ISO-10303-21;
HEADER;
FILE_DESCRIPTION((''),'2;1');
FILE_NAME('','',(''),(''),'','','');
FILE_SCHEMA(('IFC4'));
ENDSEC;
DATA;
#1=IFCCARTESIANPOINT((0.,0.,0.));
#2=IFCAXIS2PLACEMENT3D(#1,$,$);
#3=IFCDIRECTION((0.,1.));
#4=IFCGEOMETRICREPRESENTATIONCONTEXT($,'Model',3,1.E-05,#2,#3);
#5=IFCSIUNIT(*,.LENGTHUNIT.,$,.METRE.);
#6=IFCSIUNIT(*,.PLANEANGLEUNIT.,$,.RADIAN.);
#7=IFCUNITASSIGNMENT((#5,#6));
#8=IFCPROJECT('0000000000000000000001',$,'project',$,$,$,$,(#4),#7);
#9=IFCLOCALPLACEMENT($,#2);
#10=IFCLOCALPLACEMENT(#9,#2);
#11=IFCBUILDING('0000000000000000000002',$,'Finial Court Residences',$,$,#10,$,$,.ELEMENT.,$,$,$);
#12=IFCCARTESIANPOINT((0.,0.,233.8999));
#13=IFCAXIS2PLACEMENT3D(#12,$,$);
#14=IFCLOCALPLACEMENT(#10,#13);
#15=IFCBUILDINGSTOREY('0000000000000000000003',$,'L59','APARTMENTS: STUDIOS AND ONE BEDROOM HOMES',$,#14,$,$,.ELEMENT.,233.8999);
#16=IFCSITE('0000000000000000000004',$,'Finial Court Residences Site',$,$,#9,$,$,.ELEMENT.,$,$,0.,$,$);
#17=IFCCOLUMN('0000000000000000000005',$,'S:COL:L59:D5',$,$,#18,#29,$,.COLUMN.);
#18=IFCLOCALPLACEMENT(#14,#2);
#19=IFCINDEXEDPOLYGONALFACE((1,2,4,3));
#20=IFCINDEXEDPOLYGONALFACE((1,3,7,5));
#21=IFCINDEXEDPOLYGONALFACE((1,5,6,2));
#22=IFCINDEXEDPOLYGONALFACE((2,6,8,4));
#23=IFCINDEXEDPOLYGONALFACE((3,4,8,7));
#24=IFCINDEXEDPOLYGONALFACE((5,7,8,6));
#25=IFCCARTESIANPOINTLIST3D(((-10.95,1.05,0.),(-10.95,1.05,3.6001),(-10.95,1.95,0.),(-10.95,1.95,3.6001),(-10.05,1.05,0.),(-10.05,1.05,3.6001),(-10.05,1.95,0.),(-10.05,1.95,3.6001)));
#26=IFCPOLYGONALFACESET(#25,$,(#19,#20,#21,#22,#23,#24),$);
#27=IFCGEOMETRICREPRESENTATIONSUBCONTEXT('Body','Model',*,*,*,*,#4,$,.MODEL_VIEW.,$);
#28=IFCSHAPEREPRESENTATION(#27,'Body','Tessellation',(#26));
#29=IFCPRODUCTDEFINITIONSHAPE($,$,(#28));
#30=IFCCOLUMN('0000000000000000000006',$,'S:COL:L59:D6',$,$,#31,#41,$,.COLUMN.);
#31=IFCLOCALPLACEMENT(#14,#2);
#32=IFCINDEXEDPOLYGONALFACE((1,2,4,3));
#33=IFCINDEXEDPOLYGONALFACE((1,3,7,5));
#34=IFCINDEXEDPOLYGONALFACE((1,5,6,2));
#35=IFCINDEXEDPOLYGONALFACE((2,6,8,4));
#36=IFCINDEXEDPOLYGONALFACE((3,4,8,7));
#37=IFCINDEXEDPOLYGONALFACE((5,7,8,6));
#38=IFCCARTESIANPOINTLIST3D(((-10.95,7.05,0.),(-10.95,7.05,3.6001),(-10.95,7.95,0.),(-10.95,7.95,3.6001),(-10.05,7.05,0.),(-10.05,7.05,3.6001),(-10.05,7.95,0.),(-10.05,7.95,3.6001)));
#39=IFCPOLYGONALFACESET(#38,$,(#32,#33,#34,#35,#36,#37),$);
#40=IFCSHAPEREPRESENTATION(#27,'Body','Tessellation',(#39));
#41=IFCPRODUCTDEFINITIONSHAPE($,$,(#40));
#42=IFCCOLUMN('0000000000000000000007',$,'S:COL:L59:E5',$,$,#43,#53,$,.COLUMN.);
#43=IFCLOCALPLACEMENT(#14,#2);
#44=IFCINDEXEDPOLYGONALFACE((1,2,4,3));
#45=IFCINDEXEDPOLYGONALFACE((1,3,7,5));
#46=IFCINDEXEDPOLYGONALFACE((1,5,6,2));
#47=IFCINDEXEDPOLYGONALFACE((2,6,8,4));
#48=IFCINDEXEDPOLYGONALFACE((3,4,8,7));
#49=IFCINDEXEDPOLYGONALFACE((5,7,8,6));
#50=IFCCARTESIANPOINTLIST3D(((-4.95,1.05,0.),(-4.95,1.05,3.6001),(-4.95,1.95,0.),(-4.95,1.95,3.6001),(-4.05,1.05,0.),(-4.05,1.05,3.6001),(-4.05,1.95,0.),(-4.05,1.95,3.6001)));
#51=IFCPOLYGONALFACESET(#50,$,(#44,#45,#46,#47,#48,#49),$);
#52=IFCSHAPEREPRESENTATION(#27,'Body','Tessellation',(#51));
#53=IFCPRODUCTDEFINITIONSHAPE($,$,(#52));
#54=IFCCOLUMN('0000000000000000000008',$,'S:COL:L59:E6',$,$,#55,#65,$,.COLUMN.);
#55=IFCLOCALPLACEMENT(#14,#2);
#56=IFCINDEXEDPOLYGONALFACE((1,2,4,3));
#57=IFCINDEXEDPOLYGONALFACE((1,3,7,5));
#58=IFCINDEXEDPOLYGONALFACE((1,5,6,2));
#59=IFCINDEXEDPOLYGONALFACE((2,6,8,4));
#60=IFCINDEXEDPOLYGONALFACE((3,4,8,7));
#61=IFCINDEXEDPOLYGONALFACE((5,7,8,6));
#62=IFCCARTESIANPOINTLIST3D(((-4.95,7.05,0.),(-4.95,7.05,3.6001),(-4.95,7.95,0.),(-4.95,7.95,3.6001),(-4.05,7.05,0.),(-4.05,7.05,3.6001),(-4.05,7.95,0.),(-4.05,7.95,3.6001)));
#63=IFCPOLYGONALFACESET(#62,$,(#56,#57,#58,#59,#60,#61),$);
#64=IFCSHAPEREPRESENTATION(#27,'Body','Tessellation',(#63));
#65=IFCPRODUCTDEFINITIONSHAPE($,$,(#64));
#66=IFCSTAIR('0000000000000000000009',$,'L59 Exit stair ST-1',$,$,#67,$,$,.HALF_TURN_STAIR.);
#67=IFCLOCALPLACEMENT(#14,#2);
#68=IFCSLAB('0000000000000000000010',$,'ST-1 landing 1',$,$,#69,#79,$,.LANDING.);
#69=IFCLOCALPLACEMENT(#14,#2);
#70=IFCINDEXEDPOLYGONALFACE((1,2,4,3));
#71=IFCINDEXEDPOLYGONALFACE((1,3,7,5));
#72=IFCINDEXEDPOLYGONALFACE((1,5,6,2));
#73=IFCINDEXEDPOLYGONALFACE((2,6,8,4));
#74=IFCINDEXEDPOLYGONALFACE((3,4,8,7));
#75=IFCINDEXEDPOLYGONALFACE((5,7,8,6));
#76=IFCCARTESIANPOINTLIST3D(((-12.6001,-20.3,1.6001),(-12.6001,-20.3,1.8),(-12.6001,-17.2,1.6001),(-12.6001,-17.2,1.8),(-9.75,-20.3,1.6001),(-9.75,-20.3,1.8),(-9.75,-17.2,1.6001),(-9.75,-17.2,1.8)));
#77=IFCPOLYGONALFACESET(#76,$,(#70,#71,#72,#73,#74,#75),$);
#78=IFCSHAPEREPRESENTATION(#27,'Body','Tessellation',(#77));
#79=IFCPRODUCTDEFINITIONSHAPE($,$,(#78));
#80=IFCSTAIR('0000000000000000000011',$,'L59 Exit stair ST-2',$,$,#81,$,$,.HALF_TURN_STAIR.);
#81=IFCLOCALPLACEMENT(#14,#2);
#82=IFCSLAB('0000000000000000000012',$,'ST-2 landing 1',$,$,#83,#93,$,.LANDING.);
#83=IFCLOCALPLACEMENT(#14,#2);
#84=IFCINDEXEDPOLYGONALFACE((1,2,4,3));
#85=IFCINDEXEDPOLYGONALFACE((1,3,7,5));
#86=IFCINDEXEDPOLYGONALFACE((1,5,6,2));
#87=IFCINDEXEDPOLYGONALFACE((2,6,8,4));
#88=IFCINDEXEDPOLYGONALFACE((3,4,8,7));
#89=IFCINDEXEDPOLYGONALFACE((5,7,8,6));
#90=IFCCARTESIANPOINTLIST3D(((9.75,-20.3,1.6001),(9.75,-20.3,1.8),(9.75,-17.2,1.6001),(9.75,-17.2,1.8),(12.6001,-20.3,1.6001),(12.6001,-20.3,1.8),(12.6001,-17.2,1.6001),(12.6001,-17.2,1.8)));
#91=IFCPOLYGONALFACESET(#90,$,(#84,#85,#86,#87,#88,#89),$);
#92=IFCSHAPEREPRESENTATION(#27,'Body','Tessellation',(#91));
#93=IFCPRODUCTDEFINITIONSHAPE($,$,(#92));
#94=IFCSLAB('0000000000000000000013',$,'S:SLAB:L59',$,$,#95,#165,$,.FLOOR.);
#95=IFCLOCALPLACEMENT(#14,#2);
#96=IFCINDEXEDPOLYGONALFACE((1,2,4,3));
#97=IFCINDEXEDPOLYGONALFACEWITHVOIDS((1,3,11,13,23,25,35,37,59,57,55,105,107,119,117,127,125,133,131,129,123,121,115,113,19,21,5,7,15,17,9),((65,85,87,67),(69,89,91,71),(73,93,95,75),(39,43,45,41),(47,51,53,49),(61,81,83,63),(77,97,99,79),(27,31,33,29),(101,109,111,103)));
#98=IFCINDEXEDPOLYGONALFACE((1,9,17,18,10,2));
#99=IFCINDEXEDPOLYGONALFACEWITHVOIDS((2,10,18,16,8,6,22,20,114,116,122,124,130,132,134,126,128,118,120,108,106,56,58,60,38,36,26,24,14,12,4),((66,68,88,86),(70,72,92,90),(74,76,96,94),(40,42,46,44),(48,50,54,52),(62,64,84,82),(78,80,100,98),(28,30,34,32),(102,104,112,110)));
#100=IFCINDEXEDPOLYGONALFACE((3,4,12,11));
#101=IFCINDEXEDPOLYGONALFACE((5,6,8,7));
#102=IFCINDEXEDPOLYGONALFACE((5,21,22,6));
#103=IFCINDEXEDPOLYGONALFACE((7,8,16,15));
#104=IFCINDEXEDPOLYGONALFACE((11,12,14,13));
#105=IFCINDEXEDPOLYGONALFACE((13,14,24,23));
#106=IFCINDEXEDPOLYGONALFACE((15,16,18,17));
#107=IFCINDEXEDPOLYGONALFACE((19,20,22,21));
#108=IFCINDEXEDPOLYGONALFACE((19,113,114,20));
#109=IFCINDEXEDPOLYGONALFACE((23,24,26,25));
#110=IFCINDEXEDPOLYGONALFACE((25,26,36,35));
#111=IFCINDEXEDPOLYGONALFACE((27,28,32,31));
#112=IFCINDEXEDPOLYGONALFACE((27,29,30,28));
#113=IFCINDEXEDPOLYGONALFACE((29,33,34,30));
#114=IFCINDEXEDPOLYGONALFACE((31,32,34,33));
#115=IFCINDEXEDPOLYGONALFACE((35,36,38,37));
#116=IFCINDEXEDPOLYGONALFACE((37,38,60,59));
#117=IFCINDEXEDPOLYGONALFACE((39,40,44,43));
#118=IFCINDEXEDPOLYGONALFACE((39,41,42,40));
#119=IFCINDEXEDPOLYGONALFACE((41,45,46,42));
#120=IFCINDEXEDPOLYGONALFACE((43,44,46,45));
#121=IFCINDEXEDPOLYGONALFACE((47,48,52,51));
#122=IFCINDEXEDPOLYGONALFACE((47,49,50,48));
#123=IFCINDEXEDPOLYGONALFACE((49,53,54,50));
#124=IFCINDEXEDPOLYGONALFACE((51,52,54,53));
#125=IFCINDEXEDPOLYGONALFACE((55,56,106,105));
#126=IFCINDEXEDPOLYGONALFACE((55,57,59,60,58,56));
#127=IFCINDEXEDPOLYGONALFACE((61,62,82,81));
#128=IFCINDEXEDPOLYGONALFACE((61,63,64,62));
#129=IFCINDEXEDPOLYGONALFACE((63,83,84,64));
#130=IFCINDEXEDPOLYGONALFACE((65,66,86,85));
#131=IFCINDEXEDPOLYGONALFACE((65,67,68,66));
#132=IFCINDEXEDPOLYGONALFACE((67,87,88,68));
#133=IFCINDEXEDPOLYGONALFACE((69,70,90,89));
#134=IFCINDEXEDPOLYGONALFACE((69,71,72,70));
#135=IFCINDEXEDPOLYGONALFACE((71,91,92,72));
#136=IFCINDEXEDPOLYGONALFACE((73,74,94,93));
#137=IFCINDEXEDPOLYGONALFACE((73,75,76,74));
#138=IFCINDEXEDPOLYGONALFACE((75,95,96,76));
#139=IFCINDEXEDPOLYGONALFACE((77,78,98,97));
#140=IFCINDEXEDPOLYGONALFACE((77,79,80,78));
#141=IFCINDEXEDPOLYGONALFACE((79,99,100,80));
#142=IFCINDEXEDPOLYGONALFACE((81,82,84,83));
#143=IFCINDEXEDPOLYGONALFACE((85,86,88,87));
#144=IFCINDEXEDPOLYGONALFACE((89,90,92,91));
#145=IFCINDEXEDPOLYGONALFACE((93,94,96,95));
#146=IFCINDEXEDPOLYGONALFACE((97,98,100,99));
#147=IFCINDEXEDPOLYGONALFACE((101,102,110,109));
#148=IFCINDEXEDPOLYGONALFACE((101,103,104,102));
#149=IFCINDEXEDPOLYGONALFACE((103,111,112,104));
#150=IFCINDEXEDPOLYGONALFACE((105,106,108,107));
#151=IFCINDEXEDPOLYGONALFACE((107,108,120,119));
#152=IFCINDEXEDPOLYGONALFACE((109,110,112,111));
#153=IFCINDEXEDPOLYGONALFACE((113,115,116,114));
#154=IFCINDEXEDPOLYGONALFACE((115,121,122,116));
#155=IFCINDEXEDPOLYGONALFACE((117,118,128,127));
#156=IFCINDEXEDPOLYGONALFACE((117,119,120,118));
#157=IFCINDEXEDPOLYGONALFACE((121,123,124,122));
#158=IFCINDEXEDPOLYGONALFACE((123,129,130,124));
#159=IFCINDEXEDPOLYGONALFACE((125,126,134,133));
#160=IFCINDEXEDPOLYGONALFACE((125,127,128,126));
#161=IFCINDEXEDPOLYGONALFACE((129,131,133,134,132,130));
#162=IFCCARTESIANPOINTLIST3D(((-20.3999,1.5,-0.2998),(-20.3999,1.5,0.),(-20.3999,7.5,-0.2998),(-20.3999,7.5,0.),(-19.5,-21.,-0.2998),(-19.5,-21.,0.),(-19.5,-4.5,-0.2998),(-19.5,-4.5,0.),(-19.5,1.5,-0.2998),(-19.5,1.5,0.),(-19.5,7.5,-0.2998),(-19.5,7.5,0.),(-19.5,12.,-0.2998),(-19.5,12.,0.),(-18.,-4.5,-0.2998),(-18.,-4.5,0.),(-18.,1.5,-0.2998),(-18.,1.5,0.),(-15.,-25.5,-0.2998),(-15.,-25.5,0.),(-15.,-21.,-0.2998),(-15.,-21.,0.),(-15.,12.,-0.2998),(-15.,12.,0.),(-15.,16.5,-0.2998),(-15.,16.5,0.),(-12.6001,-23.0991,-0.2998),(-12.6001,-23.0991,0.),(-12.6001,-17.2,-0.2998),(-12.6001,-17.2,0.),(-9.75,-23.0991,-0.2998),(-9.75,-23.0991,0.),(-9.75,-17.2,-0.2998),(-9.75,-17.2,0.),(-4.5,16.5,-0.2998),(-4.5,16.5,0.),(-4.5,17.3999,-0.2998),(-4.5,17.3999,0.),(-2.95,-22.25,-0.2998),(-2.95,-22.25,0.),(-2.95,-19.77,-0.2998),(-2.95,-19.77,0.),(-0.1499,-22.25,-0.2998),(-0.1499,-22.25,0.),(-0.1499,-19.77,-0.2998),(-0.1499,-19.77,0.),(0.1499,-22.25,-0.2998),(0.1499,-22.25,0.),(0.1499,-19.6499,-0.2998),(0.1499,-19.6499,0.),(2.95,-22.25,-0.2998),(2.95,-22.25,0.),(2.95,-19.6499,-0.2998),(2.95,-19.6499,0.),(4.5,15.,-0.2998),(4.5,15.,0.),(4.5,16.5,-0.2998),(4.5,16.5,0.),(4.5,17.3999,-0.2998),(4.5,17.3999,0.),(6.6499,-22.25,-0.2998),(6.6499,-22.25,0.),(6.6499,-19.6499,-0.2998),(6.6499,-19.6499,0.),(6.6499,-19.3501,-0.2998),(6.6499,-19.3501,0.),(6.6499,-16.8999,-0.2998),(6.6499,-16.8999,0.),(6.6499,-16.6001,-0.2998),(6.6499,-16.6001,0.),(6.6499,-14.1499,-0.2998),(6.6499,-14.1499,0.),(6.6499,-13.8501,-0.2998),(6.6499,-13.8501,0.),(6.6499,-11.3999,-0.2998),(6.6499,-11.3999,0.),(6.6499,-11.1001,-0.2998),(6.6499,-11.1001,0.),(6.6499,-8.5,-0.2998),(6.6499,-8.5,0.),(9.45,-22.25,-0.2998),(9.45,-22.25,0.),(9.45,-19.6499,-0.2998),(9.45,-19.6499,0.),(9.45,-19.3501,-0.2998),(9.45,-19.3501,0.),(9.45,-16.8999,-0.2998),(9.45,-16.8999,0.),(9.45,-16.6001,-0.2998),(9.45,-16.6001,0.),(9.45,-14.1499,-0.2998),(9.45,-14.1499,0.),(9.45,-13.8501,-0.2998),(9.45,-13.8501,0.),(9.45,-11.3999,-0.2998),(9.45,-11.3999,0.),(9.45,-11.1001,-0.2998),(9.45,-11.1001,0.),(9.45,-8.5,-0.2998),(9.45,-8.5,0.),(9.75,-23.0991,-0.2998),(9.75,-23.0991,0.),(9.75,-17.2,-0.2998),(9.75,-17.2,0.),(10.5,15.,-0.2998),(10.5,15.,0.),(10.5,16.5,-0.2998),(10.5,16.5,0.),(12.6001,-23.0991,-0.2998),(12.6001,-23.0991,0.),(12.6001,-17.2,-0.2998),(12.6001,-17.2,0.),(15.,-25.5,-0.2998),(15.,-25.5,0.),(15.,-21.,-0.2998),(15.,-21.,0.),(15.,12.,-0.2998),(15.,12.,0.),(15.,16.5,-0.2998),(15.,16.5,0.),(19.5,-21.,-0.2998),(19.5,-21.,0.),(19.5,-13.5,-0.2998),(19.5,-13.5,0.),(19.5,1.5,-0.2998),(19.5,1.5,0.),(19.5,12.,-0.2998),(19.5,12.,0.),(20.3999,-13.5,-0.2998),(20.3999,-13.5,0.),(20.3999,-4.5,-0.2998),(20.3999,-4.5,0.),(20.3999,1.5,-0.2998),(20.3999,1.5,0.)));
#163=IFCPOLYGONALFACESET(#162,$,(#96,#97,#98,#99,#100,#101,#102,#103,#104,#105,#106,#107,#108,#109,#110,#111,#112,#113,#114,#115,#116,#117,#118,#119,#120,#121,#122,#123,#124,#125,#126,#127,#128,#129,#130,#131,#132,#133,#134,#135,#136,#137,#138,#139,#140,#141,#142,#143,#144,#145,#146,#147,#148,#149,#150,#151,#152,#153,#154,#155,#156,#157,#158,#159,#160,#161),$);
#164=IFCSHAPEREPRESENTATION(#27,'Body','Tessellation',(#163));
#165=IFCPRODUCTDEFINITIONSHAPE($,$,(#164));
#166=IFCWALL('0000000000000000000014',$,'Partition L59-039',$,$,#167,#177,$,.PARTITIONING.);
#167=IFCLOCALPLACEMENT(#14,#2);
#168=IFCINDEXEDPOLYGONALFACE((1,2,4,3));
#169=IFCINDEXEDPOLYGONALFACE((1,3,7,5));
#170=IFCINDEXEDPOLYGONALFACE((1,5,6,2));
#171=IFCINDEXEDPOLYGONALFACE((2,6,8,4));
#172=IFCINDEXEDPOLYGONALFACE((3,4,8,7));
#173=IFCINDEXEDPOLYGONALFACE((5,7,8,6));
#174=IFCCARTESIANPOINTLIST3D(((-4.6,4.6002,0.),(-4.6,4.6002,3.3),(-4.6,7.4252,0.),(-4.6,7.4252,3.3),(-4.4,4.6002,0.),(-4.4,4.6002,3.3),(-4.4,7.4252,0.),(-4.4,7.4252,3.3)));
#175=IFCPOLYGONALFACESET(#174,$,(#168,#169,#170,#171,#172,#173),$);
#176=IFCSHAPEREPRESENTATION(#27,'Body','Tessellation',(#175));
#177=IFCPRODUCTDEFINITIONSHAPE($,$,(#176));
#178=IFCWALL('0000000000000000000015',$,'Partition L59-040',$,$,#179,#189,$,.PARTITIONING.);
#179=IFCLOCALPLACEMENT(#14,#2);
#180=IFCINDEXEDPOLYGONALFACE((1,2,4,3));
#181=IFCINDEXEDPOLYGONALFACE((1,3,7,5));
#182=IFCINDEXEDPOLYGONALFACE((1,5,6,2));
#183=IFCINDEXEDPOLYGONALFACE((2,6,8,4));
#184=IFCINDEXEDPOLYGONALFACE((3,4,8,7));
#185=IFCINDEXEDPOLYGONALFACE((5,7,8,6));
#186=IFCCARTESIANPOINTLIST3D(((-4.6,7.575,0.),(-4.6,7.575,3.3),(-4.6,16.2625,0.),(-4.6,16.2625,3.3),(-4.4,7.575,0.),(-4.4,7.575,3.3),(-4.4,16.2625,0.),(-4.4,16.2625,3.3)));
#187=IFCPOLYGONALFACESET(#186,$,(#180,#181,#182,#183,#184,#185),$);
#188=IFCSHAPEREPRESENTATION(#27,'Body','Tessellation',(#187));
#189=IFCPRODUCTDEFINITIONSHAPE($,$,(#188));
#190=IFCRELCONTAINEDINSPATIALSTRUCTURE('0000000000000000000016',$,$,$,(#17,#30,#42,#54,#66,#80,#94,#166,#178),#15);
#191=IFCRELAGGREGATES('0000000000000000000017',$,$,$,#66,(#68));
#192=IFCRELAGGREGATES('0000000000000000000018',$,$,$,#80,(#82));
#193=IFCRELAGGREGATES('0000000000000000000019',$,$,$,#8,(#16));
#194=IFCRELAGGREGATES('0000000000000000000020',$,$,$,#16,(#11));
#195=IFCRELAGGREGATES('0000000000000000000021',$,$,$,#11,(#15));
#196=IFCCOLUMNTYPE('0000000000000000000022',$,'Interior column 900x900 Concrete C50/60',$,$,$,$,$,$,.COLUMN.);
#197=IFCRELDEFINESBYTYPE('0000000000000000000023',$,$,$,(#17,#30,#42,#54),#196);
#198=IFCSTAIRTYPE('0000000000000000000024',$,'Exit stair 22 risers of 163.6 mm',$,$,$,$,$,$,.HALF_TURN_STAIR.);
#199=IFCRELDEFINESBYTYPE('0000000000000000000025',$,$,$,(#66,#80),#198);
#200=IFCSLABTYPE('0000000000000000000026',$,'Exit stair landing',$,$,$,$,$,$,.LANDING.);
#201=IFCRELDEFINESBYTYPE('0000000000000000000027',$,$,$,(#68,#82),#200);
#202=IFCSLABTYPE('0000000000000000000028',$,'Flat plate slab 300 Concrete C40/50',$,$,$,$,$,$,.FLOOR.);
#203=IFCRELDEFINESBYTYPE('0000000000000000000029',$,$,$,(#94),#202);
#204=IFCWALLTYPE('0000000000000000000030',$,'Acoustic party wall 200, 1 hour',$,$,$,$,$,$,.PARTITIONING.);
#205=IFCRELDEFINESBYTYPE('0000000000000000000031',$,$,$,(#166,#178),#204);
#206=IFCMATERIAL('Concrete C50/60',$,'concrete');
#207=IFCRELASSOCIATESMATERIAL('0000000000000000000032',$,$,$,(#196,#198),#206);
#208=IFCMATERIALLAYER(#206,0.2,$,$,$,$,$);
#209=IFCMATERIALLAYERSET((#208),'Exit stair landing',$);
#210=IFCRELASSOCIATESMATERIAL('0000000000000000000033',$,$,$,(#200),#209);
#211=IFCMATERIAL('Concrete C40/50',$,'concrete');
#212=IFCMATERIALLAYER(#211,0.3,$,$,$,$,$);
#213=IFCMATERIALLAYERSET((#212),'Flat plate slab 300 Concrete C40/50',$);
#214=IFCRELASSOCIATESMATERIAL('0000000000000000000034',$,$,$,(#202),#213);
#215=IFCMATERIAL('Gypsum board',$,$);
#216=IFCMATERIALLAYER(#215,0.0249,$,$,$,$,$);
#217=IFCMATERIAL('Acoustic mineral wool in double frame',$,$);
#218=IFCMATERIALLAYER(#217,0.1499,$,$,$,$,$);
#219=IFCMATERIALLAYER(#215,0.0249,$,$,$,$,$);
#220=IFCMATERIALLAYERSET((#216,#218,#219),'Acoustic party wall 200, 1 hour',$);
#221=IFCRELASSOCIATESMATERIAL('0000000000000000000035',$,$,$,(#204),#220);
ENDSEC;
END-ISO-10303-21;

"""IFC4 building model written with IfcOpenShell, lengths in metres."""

from ifc_helpers import new_model, si_unit, direction, frame, frame_2d, origin, origin_2d, place, context, subcontext, project, spatial, polyline, rectangle, outline, extrude, material, layer, layer_set, material_profile, profile_set, type_object, element, aggregate, save


model = new_model("IFC4")

# Units and contexts
model_context = context("Model", 3, precision=1e-05, world=origin(), true_north=direction((0.0, 1.0)))
body_context = subcontext(model_context, "Body", "Model", "MODEL_VIEW")
ifc_project = project(units=[si_unit("LENGTHUNIT", "METRE"), si_unit("PLANEANGLEUNIT", "RADIAN")], contexts=[model_context])

# Site, building, storey
site_placement = place(None, origin())
site = spatial("IfcSite", under=ifc_project, at=site_placement, Name="Finial Court Residences Site", CompositionType="ELEMENT", RefElevation=0.0)
building_placement = place(site_placement, origin())
building = spatial("IfcBuilding", under=site, at=building_placement, Name="Finial Court Residences", CompositionType="ELEMENT")
storey_placement = place(building_placement, frame((0.0, 0.0, 233.8999)))
storey = spatial("IfcBuildingStorey", under=building, at=storey_placement, Name="L59", Description="APARTMENTS: STUDIOS AND ONE BEDROOM HOMES", CompositionType="ELEMENT", Elevation=233.8999)

# Columns
ifc_material_1 = material(Name="Concrete C50/60", Category="concrete")
ifc_material_profile = material_profile(ifc_material_1, rectangle(XDim=0.8999, YDim=0.8999, at=origin_2d()), Name="900x900")
ifc_profile_set = profile_set([ifc_material_profile], Name="Concrete C50/60")
column_type = type_object("IfcColumnType", Name="Interior column 900x900 Concrete C50/60", PredefinedType="COLUMN", material=ifc_profile_set)
for number, where, z_axis, x_axis, name in (
    (1, (-10.5, 1.5, 0.0), (0.0, 0.0, 1.0), (1.0, 0.0, 0.0), "S:COL:L59:D5"),
    (2, (-10.5, 7.5, 0.0), (0.0, 0.0, 1.0), (1.0, 0.0, 0.0), "S:COL:L59:D6"),
    (3, (-4.5, 1.5, 0.0), (0.0, 0.0, 1.0), (1.0, 0.0, 0.0), "S:COL:L59:E5"),
    (4, (-4.5, 7.5, 0.0), (0.0, 0.0, 1.0), (1.0, 0.0, 0.0), "S:COL:L59:E6"),
):
    element("IfcColumn", number, at=place(storey_placement, frame(where, z_axis=z_axis, x_axis=x_axis)), inside=storey, type_object=column_type, Name=name, PredefinedType="COLUMN", context=body_context, shape_type="SweptSolid", body=[
        extrude(rectangle(XDim=0.8999, YDim=0.8999, at=origin_2d()), origin(), (0.0, 0.0, 1.0), 3.6001),
    ])

# Stairs, slabs
stair_type = type_object("IfcStairType", Name="Exit stair 22 risers of 163.6 mm", PredefinedType="HALF_TURN_STAIR", material=ifc_material_1)
stair_1_placement = place(storey_placement, origin())
stair_1 = element("IfcStair", 5, at=stair_1_placement, inside=storey, type_object=stair_type, Name="L59 Exit stair ST-1", PredefinedType="HALF_TURN_STAIR")
ifc_layer_1 = layer(ifc_material_1, 0.2)
ifc_layer_set_1 = layer_set([ifc_layer_1], Name="Exit stair landing")
slab_type_1 = type_object("IfcSlabType", Name="Exit stair landing", PredefinedType="LANDING", material=ifc_layer_set_1)
slab_1_placement = place(storey_placement, frame((0.0, 0.0, 1.6001)))
slab_1 = element("IfcSlab", 6, at=slab_1_placement, type_object=slab_type_1, Name="ST-1 landing 1", PredefinedType="LANDING", context=body_context, shape_type="SweptSolid", body=[
    extrude(outline(polyline([(-9.75, -20.3), (-9.75, -17.2), (-12.6001, -17.2), (-12.6001, -20.3), (-9.75, -20.3)])), origin(), (0.0, 0.0, 1.0), 0.2),
])
aggregate(stair_1, [slab_1])
stair_2_placement = place(storey_placement, origin())
stair_2 = element("IfcStair", 7, at=stair_2_placement, inside=storey, type_object=stair_type, Name="L59 Exit stair ST-2", PredefinedType="HALF_TURN_STAIR")
slab_2_placement = place(storey_placement, frame((0.0, 0.0, 1.6001)))
slab_2 = element("IfcSlab", 8, at=slab_2_placement, type_object=slab_type_1, Name="ST-2 landing 1", PredefinedType="LANDING", context=body_context, shape_type="SweptSolid", body=[
    extrude(outline(polyline([(12.6001, -20.3), (12.6001, -17.2), (9.75, -17.2), (9.75, -20.3), (12.6001, -20.3)])), origin(), (0.0, 0.0, 1.0), 0.2),
])
aggregate(stair_2, [slab_2])

# Slab
ifc_material_2 = material(Name="Concrete C40/50", Category="concrete")
ifc_layer_2 = layer(ifc_material_2, 0.3)
ifc_layer_set_2 = layer_set([ifc_layer_2], Name="Flat plate slab 300 Concrete C40/50")
slab_type_2 = type_object("IfcSlabType", Name="Flat plate slab 300 Concrete C40/50", PredefinedType="FLOOR", material=ifc_layer_set_2)
slab_3_placement = place(storey_placement, frame((0.0, 0.0, -0.2998)))
element("IfcSlab", 9, at=slab_3_placement, inside=storey, type_object=slab_type_2, Name="S:SLAB:L59", PredefinedType="FLOOR", context=body_context, shape_type="SweptSolid", body=[
    extrude(outline(polyline([(19.5, -21.0), (15.0, -21.0), (15.0, -25.5), (-15.0, -25.5), (-15.0, -21.0), (-19.5, -21.0), (-19.5, -4.5), (-18.0, -4.5), (-18.0, 1.5), (-19.5, 1.5), (-20.3999, 1.5), (-20.3999, 7.5), (-19.5, 7.5), (-19.5, 12.0), (-15.0, 12.0), (-15.0, 16.5), (-4.5, 16.5), (-4.5, 17.3999), (4.5, 17.3999), (4.5, 16.5), (4.5, 15.0), (10.5, 15.0), (10.5, 16.5), (15.0, 16.5), (15.0, 12.0), (19.5, 12.0), (19.5, 1.5), (20.3999, 1.5), (20.3999, -4.5), (20.3999, -13.5), (19.5, -13.5), (19.5, -21.0)]), holes=[polyline([(-0.1499, -19.77), (-2.95, -19.77), (-2.95, -22.25), (-0.1499, -22.25), (-0.1499, -19.77)]), polyline([(2.95, -19.6499), (0.1499, -19.6499), (0.1499, -22.25), (2.95, -22.25), (2.95, -19.6499)]), polyline([(9.45, -19.6499), (6.6499, -19.6499), (6.6499, -22.25), (9.45, -22.25), (9.45, -19.6499)]), polyline([(-12.6001, -17.2), (-12.6001, -23.0991), (-9.75, -23.0991), (-9.75, -17.2), (-12.6001, -17.2)]), polyline([(9.75, -17.2), (9.75, -23.0991), (12.6001, -23.0991), (12.6001, -17.2), (9.75, -17.2)]), polyline([(9.45, -16.8999), (6.6499, -16.8999), (6.6499, -19.3501), (9.45, -19.3501), (9.45, -16.8999)]), polyline([(9.45, -14.1499), (6.6499, -14.1499), (6.6499, -16.6001), (9.45, -16.6001), (9.45, -14.1499)]), polyline([(9.45, -13.8501), (9.45, -11.3999), (6.6499, -11.3999), (6.6499, -13.8501), (9.45, -13.8501)]), polyline([(9.45, -11.1001), (9.45, -8.5), (6.6499, -8.5), (6.6499, -11.1001), (9.45, -11.1001)])]), origin(), (0.0, 0.0, 1.0), 0.2998),
])

# Walls
ifc_material_3 = material(Name="Gypsum board")
ifc_layer_3 = layer(ifc_material_3, 0.0249)
ifc_material_4 = material(Name="Acoustic mineral wool in double frame")
ifc_layer_4 = layer(ifc_material_4, 0.1499)
ifc_layer_5 = layer(ifc_material_3, 0.0249)
ifc_layer_set_3 = layer_set([ifc_layer_3, ifc_layer_4, ifc_layer_5], Name="Acoustic party wall 200, 1 hour")
wall_type_1 = type_object("IfcWallType", Name="Acoustic party wall 200, 1 hour", PredefinedType="PARTITIONING", material=ifc_layer_set_3)
wall_1_placement = place(storey_placement, frame((-4.5, 4.6001, 0.0), z_axis=(0.0, 0.0, 1.0), x_axis=(0.0, 1.0, 0.0)))
element("IfcWall", 10, at=wall_1_placement, inside=storey, type_object=wall_type_1, Name="Partition L59-039", PredefinedType="PARTITIONING", context=body_context, shape_type="SweptSolid", body=[
    extrude(rectangle(XDim=2.825, YDim=0.2, at=frame_2d((1.4126, 0.0))), origin(), (0.0, 0.0, 1.0), 3.3),
])
wall_2_placement = place(storey_placement, frame((-4.5, 7.575, 0.0), z_axis=(0.0, 0.0, 1.0), x_axis=(0.0, 1.0, 0.0)))
element("IfcWall", 11, at=wall_2_placement, inside=storey, type_object=wall_type_1, Name="Partition L59-040", PredefinedType="PARTITIONING", context=body_context, shape_type="SweptSolid", body=[
    extrude(rectangle(XDim=8.6875, YDim=0.2, at=frame_2d((4.3438, 0.0))), origin(), (0.0, 0.0, 1.0), 3.3),
])

save(model, "model.ifc")
